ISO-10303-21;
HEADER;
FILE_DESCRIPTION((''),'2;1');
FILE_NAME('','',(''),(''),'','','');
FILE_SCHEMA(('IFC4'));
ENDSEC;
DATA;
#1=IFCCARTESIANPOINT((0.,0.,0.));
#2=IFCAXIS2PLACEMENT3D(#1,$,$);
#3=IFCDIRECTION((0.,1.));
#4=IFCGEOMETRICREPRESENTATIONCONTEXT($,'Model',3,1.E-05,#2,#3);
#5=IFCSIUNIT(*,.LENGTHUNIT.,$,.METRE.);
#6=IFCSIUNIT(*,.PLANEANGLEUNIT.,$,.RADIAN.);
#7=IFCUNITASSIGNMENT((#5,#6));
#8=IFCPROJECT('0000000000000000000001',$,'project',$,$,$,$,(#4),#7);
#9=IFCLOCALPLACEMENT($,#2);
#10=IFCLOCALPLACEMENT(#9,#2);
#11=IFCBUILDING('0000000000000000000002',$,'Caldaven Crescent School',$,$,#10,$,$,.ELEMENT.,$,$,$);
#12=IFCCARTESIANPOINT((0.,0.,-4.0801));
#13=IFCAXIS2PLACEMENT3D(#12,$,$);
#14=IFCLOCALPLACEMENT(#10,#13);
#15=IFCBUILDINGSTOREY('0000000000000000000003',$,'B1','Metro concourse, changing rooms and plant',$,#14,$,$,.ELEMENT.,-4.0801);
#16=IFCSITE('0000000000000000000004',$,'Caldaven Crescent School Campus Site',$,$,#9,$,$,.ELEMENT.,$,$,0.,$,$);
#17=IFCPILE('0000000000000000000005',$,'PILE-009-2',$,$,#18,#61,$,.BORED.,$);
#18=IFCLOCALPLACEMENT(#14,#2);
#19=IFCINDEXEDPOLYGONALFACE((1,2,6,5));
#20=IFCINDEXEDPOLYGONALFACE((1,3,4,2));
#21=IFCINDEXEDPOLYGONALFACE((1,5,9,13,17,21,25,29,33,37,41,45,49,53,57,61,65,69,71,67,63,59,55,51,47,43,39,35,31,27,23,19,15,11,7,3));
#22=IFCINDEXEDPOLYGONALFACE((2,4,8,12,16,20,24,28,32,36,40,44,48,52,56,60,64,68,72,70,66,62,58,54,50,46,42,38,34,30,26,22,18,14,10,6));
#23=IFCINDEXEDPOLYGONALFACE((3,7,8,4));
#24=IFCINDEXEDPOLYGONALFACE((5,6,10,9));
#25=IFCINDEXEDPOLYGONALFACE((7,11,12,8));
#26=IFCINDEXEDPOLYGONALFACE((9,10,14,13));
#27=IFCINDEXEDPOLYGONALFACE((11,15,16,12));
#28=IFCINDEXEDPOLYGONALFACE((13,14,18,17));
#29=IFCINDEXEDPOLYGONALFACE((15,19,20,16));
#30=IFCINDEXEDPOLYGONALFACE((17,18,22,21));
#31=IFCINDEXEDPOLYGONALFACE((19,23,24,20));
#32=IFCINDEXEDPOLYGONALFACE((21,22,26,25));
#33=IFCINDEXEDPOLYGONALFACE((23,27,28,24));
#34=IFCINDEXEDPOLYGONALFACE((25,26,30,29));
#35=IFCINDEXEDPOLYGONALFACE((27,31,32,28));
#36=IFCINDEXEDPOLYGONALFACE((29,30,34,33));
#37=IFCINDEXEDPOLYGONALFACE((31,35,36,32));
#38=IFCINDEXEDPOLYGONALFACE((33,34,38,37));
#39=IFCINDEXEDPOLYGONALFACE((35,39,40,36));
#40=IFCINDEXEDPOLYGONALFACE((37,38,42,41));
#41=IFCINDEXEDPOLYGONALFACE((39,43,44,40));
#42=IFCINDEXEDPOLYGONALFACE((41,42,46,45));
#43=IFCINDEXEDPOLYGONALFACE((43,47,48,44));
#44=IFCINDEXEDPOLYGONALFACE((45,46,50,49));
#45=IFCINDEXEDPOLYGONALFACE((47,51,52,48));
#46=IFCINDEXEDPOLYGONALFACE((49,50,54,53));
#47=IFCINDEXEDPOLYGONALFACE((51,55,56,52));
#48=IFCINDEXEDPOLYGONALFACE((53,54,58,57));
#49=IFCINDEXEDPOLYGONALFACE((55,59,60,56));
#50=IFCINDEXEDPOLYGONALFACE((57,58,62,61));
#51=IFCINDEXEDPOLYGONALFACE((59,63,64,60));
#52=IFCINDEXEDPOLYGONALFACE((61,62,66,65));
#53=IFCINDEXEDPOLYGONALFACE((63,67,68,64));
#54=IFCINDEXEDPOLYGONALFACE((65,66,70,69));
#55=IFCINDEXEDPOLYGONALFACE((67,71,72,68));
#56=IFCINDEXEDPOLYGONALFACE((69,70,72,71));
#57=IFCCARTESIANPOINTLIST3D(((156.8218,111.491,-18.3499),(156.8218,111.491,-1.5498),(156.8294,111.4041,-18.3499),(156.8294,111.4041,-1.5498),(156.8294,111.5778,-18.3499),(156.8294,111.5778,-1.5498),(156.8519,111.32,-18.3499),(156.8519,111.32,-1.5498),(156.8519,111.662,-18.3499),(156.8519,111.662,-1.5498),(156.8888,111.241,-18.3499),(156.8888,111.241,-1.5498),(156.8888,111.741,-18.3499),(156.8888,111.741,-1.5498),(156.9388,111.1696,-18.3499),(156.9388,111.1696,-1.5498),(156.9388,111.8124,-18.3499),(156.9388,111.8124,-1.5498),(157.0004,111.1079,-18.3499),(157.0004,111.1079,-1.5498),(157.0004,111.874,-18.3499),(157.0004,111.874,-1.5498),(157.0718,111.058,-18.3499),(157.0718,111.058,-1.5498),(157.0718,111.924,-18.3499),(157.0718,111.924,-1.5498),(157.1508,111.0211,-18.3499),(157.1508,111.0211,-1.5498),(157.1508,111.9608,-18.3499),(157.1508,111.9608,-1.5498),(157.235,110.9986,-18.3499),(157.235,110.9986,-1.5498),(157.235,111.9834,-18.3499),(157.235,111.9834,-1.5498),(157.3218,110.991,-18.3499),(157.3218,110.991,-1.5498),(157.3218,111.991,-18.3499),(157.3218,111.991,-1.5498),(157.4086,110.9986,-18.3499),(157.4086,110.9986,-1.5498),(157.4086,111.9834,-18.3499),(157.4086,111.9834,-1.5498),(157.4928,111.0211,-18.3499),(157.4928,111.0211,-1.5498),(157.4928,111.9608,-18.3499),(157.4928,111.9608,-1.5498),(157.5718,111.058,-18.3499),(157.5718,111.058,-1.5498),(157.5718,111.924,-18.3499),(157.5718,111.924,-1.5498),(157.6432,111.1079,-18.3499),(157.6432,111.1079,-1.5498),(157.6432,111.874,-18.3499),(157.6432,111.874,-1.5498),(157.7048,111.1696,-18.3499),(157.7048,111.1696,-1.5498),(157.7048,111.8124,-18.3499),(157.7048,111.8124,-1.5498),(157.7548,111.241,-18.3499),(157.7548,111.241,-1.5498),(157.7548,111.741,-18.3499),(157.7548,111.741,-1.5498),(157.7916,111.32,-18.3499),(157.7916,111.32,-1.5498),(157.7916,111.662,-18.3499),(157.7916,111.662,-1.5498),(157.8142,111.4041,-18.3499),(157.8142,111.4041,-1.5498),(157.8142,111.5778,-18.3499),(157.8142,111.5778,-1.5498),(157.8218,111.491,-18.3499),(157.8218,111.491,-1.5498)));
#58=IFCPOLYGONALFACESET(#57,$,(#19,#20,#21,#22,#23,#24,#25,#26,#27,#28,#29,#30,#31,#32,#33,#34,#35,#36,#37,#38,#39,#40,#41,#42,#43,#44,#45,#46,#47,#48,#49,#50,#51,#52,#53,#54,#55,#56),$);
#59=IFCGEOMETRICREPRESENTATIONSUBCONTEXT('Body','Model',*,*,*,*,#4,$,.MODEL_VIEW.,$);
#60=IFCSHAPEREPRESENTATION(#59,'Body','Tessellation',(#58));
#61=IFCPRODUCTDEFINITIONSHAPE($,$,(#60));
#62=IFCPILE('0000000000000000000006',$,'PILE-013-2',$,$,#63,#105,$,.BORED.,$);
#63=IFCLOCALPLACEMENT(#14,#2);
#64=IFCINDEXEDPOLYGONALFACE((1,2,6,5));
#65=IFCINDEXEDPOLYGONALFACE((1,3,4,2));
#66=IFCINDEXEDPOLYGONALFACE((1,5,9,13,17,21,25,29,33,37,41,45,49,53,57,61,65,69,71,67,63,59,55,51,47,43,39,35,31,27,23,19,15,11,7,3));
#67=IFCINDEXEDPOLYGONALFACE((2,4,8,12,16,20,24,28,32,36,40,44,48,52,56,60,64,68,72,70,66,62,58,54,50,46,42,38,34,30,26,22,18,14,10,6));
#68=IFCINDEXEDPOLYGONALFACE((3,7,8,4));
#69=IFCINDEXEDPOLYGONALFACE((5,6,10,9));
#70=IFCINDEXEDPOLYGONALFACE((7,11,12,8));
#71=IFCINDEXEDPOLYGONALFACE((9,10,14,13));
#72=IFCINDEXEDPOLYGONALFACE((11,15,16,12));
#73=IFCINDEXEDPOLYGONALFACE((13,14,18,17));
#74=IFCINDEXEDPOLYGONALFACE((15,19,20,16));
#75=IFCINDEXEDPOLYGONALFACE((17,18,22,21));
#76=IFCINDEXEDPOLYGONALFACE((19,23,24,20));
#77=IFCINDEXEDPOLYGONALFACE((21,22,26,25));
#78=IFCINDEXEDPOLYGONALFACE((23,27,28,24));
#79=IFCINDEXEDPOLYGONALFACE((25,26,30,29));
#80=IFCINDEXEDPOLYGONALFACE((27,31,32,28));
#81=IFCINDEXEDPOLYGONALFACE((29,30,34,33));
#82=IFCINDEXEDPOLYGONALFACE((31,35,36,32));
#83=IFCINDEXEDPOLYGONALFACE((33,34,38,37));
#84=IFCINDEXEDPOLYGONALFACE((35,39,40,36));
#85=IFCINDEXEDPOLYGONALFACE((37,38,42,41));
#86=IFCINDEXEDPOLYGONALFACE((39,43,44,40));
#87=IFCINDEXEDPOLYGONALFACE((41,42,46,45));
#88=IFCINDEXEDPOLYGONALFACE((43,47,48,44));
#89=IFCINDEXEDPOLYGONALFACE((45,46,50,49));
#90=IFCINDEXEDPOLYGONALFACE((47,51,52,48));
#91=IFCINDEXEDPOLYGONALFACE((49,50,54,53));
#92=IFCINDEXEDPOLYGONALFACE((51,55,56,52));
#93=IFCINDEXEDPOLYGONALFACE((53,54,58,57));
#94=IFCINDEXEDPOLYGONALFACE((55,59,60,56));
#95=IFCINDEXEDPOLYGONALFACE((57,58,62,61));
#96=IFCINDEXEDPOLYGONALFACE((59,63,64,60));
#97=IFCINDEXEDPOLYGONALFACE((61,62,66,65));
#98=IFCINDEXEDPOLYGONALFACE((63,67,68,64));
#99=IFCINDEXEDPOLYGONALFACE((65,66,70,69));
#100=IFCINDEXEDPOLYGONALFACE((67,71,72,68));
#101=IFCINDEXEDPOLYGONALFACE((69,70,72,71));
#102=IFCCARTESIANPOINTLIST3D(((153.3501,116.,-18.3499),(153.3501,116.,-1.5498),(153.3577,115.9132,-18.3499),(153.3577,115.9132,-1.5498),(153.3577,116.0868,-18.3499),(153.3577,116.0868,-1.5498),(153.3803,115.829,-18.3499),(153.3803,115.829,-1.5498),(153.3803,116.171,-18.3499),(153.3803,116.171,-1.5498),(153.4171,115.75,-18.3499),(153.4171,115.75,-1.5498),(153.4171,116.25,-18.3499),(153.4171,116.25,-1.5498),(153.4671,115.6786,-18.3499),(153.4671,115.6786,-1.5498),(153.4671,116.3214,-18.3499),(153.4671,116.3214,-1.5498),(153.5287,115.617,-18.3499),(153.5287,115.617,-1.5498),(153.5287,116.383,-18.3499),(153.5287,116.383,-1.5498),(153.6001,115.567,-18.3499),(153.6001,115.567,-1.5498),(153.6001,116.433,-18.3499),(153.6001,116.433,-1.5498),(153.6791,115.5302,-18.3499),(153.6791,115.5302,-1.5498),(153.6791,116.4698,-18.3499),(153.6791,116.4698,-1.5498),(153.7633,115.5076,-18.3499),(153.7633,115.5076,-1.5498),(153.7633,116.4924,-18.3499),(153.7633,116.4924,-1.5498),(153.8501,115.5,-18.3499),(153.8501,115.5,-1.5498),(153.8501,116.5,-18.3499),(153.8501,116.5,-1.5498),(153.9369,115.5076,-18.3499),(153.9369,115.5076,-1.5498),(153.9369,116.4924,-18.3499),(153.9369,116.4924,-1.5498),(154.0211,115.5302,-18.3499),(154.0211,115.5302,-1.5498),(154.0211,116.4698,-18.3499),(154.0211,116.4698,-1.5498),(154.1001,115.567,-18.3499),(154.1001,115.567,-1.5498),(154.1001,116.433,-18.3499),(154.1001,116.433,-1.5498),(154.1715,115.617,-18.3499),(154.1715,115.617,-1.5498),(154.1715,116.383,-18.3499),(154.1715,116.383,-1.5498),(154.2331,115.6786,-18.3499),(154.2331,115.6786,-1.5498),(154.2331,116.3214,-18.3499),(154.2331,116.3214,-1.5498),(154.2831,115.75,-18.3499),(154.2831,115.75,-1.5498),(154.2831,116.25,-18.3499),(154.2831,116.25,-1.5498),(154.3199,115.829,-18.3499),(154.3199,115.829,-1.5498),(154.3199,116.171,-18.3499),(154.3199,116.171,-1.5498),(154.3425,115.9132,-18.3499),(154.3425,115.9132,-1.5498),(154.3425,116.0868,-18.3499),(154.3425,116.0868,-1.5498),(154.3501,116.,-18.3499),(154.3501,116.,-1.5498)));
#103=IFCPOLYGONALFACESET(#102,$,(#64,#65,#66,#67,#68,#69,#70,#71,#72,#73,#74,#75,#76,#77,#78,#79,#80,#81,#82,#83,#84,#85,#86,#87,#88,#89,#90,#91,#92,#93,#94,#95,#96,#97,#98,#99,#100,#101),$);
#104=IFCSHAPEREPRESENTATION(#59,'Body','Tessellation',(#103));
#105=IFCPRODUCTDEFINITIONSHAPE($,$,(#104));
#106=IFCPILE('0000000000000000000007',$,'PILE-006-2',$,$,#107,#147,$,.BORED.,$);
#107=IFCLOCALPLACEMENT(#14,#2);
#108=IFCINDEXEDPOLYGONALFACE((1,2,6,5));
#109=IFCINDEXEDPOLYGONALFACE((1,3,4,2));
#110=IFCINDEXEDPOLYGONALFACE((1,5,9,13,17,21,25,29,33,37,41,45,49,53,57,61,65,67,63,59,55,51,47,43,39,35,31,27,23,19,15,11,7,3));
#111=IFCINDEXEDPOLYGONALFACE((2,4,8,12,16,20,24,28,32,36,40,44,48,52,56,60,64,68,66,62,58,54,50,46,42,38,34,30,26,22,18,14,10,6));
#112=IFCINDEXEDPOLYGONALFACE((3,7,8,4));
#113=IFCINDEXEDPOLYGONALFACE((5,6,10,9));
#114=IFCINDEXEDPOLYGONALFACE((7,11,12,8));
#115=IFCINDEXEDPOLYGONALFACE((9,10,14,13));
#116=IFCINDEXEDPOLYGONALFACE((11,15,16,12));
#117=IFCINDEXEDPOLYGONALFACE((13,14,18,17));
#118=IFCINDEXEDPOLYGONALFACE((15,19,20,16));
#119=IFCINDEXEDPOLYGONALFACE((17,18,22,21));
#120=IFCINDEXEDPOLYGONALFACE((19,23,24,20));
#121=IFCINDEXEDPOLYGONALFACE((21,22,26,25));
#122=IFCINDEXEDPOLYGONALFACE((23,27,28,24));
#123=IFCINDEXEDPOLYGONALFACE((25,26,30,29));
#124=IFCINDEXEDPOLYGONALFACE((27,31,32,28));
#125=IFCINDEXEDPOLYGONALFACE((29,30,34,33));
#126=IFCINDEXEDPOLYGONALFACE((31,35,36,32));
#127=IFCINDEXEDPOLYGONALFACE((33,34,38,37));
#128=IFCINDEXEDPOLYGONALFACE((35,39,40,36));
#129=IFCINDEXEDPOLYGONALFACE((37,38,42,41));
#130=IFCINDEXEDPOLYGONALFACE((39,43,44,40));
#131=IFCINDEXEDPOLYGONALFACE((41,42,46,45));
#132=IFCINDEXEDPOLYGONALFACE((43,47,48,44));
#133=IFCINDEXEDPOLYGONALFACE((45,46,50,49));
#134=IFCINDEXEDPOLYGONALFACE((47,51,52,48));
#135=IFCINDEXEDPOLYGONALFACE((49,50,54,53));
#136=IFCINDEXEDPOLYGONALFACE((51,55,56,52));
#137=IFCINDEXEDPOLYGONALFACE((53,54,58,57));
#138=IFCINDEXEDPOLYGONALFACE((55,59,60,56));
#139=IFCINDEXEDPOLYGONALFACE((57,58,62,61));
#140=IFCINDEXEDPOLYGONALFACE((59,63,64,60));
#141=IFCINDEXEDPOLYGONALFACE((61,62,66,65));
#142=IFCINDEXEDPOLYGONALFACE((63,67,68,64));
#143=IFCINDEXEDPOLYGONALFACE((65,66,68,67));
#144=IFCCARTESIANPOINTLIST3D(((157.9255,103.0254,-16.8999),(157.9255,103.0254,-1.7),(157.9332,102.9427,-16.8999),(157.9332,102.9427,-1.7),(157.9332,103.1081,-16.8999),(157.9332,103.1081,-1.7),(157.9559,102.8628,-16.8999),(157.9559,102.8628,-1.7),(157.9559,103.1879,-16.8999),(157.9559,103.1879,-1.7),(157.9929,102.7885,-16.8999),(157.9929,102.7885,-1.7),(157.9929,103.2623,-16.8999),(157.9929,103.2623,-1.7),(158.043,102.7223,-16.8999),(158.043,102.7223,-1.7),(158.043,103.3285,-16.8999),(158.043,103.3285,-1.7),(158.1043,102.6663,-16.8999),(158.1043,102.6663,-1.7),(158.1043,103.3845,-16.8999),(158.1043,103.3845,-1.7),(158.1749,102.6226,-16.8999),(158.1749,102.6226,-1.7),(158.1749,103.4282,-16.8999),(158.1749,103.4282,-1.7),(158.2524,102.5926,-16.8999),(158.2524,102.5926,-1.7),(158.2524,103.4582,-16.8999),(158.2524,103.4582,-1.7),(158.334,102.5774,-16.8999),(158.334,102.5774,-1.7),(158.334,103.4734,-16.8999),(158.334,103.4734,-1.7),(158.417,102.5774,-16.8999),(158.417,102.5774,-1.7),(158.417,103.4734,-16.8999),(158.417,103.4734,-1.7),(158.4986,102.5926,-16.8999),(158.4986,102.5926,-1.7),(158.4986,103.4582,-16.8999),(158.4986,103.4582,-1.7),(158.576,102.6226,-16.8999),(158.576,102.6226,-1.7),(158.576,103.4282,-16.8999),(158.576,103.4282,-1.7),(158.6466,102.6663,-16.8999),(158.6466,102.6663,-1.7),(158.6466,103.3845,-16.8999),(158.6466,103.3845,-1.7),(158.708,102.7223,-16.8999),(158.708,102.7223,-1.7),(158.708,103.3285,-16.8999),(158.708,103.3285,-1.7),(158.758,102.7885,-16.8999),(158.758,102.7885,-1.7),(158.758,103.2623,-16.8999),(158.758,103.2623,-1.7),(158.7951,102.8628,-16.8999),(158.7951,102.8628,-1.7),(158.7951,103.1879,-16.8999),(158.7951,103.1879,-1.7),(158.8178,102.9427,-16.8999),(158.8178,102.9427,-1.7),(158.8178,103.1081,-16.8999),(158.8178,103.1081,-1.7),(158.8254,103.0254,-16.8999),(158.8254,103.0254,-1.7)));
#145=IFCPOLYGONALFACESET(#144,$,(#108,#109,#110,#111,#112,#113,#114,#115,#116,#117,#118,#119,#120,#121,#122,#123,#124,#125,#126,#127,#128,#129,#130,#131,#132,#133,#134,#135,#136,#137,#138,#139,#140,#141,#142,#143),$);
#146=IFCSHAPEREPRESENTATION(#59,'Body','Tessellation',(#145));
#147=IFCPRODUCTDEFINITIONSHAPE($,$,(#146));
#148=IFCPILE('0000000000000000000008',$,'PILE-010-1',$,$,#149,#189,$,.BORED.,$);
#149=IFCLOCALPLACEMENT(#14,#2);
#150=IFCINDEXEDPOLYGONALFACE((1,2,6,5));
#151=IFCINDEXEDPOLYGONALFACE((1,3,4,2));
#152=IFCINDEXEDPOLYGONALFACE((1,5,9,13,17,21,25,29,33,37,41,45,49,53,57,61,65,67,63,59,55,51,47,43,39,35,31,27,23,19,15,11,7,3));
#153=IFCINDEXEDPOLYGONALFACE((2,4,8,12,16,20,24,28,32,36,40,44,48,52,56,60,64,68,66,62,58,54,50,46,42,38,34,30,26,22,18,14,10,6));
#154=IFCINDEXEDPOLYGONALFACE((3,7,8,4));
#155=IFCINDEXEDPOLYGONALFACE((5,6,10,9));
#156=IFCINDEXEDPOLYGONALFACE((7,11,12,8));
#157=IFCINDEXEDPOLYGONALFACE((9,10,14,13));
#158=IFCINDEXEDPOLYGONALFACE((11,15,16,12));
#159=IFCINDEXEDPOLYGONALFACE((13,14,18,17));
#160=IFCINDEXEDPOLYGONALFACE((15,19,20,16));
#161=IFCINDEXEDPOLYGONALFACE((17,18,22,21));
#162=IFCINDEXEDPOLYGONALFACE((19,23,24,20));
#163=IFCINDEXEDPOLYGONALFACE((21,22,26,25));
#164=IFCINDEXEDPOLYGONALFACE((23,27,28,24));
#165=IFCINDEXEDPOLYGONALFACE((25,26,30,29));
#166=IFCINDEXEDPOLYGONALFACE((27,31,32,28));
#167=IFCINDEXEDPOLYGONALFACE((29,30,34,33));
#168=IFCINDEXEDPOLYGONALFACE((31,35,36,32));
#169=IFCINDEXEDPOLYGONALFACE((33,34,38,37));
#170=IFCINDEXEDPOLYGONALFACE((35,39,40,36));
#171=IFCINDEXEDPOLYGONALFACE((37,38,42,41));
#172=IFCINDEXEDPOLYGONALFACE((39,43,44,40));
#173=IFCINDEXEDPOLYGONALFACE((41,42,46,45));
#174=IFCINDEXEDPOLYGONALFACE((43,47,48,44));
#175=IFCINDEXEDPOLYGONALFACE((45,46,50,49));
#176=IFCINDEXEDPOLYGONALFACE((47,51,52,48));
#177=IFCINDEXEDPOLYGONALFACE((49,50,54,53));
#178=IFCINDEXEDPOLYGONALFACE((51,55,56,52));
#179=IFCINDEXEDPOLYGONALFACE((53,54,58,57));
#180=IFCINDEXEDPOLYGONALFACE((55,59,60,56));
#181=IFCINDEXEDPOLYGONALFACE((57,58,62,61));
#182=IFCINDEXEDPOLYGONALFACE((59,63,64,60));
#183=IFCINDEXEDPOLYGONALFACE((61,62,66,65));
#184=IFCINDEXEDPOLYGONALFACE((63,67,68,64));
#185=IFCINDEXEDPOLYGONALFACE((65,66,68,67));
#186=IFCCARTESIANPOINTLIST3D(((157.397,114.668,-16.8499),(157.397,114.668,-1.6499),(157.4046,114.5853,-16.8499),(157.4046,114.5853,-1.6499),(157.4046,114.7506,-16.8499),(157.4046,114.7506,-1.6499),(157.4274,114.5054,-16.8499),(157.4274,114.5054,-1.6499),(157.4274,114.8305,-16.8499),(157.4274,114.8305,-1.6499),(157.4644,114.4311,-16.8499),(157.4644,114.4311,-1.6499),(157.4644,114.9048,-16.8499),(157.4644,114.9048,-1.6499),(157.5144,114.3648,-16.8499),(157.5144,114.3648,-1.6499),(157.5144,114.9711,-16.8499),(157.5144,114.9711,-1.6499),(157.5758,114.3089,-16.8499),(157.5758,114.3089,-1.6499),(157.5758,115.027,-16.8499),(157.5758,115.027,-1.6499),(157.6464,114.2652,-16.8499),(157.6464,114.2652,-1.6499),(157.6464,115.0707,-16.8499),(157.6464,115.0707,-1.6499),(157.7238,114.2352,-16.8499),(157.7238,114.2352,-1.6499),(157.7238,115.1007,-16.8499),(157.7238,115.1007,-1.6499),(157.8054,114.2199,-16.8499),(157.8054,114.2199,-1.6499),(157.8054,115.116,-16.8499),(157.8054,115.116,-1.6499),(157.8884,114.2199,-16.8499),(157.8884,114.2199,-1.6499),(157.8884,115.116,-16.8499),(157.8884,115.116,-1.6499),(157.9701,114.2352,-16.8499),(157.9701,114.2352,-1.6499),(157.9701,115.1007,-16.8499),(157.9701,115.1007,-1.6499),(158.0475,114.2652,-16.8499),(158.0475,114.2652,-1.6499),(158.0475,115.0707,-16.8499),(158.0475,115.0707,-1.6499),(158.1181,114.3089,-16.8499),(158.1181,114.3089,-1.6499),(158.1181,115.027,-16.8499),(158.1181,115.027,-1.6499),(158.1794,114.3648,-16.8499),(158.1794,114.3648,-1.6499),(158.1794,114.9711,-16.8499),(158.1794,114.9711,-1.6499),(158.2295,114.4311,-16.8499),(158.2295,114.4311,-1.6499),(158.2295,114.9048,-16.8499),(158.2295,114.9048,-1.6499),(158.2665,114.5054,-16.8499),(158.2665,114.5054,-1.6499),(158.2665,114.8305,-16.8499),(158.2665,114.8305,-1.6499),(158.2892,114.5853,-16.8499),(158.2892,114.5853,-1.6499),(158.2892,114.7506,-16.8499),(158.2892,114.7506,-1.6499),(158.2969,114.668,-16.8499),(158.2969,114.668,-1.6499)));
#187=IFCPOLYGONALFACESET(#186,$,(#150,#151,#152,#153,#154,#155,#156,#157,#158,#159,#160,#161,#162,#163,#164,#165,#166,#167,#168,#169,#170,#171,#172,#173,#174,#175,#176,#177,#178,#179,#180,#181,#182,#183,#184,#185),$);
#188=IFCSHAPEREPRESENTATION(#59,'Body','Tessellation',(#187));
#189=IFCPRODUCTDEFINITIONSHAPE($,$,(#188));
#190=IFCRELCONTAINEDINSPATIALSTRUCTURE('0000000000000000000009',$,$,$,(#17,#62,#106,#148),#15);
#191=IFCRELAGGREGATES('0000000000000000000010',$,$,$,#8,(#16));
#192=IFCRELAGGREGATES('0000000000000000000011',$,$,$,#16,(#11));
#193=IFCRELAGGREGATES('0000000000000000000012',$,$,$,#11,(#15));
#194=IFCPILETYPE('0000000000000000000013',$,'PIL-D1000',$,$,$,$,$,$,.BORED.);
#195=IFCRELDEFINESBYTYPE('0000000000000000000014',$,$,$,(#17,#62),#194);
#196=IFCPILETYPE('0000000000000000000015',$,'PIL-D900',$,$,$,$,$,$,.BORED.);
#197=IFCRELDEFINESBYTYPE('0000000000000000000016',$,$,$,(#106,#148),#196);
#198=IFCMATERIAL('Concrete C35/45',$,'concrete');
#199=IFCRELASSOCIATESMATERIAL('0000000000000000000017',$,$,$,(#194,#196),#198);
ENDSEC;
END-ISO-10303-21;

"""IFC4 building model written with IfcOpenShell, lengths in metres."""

from ifc_helpers import new_model, si_unit, direction, frame, origin, origin_2d, place, context, subcontext, project, spatial, circle, extrude, material, material_profile, profile_set, type_object, element, save


model = new_model("IFC4")

# Units and contexts
model_context = context("Model", 3, precision=1e-05, world=origin(), true_north=direction((0.0, 1.0)))
body_context = subcontext(model_context, "Body", "Model", "MODEL_VIEW")
ifc_project = project(units=[si_unit("LENGTHUNIT", "METRE"), si_unit("PLANEANGLEUNIT", "RADIAN")], contexts=[model_context])

# Site, building, storey
site_placement = place(None, origin())
site = spatial("IfcSite", under=ifc_project, at=site_placement, Name="Caldaven Crescent School Campus Site", CompositionType="ELEMENT", RefElevation=0.0)
building_placement = place(site_placement, origin())
building = spatial("IfcBuilding", under=site, at=building_placement, Name="Caldaven Crescent School", CompositionType="ELEMENT")
storey_placement = place(building_placement, frame((0.0, 0.0, -4.0801)))
storey = spatial("IfcBuildingStorey", under=building, at=storey_placement, Name="B1", Description="Metro concourse, changing rooms and plant", CompositionType="ELEMENT", Elevation=-4.0801)

# Shared definitions
ifc_material_1 = material(Name="Concrete C35/45", Category="concrete")

# Piles
ifc_material_profile_1 = material_profile(ifc_material_1, circle(Radius=0.5, at=origin_2d()), Name="PILE D1000")
ifc_profile_set_1 = profile_set([ifc_material_profile_1], Name="Concrete C35/45")
pile_type_1 = type_object("IfcPileType", Name="PIL-D1000", PredefinedType="BORED", material=ifc_profile_set_1)
for number, where, z_axis, x_axis, name in (
    (1, (157.3218, 111.491, -1.5498), (0.0, 0.0, -1.0), (1.0, 0.0, 0.0), "PILE-009-2"),
    (2, (153.8501, 116.0, -1.5498), (0.0, 0.0, -1.0), (1.0, 0.0, 0.0), "PILE-013-2"),
):
    element("IfcPile", number, at=place(storey_placement, frame(where, z_axis=z_axis, x_axis=x_axis)), inside=storey, type_object=pile_type_1, Name=name, PredefinedType="BORED", context=body_context, shape_type="SweptSolid", body=[
        extrude(circle(Radius=0.5, at=origin_2d()), origin(), (0.0, 0.0, 1.0), 16.8),
    ])
ifc_material_profile_2 = material_profile(ifc_material_1, circle(Radius=0.45, at=origin_2d()), Name="PILE D900")
ifc_profile_set_2 = profile_set([ifc_material_profile_2], Name="Concrete C35/45")
pile_type_2 = type_object("IfcPileType", Name="PIL-D900", PredefinedType="BORED", material=ifc_profile_set_2)
for number, where, z_axis, x_axis, name in (
    (3, (158.3755, 103.0254, -1.7), (0.0, 0.0, -1.0), (1.0, 0.0, 0.0), "PILE-006-2"),
    (4, (157.8469, 114.668, -1.6499), (0.0, 0.0, -1.0), (1.0, 0.0, 0.0), "PILE-010-1"),
):
    element("IfcPile", number, at=place(storey_placement, frame(where, z_axis=z_axis, x_axis=x_axis)), inside=storey, type_object=pile_type_2, Name=name, PredefinedType="BORED", context=body_context, shape_type="SweptSolid", body=[
        extrude(circle(Radius=0.45, at=origin_2d()), origin(), (0.0, 0.0, 1.0), 15.2),
    ])

save(model, "model.ifc")
